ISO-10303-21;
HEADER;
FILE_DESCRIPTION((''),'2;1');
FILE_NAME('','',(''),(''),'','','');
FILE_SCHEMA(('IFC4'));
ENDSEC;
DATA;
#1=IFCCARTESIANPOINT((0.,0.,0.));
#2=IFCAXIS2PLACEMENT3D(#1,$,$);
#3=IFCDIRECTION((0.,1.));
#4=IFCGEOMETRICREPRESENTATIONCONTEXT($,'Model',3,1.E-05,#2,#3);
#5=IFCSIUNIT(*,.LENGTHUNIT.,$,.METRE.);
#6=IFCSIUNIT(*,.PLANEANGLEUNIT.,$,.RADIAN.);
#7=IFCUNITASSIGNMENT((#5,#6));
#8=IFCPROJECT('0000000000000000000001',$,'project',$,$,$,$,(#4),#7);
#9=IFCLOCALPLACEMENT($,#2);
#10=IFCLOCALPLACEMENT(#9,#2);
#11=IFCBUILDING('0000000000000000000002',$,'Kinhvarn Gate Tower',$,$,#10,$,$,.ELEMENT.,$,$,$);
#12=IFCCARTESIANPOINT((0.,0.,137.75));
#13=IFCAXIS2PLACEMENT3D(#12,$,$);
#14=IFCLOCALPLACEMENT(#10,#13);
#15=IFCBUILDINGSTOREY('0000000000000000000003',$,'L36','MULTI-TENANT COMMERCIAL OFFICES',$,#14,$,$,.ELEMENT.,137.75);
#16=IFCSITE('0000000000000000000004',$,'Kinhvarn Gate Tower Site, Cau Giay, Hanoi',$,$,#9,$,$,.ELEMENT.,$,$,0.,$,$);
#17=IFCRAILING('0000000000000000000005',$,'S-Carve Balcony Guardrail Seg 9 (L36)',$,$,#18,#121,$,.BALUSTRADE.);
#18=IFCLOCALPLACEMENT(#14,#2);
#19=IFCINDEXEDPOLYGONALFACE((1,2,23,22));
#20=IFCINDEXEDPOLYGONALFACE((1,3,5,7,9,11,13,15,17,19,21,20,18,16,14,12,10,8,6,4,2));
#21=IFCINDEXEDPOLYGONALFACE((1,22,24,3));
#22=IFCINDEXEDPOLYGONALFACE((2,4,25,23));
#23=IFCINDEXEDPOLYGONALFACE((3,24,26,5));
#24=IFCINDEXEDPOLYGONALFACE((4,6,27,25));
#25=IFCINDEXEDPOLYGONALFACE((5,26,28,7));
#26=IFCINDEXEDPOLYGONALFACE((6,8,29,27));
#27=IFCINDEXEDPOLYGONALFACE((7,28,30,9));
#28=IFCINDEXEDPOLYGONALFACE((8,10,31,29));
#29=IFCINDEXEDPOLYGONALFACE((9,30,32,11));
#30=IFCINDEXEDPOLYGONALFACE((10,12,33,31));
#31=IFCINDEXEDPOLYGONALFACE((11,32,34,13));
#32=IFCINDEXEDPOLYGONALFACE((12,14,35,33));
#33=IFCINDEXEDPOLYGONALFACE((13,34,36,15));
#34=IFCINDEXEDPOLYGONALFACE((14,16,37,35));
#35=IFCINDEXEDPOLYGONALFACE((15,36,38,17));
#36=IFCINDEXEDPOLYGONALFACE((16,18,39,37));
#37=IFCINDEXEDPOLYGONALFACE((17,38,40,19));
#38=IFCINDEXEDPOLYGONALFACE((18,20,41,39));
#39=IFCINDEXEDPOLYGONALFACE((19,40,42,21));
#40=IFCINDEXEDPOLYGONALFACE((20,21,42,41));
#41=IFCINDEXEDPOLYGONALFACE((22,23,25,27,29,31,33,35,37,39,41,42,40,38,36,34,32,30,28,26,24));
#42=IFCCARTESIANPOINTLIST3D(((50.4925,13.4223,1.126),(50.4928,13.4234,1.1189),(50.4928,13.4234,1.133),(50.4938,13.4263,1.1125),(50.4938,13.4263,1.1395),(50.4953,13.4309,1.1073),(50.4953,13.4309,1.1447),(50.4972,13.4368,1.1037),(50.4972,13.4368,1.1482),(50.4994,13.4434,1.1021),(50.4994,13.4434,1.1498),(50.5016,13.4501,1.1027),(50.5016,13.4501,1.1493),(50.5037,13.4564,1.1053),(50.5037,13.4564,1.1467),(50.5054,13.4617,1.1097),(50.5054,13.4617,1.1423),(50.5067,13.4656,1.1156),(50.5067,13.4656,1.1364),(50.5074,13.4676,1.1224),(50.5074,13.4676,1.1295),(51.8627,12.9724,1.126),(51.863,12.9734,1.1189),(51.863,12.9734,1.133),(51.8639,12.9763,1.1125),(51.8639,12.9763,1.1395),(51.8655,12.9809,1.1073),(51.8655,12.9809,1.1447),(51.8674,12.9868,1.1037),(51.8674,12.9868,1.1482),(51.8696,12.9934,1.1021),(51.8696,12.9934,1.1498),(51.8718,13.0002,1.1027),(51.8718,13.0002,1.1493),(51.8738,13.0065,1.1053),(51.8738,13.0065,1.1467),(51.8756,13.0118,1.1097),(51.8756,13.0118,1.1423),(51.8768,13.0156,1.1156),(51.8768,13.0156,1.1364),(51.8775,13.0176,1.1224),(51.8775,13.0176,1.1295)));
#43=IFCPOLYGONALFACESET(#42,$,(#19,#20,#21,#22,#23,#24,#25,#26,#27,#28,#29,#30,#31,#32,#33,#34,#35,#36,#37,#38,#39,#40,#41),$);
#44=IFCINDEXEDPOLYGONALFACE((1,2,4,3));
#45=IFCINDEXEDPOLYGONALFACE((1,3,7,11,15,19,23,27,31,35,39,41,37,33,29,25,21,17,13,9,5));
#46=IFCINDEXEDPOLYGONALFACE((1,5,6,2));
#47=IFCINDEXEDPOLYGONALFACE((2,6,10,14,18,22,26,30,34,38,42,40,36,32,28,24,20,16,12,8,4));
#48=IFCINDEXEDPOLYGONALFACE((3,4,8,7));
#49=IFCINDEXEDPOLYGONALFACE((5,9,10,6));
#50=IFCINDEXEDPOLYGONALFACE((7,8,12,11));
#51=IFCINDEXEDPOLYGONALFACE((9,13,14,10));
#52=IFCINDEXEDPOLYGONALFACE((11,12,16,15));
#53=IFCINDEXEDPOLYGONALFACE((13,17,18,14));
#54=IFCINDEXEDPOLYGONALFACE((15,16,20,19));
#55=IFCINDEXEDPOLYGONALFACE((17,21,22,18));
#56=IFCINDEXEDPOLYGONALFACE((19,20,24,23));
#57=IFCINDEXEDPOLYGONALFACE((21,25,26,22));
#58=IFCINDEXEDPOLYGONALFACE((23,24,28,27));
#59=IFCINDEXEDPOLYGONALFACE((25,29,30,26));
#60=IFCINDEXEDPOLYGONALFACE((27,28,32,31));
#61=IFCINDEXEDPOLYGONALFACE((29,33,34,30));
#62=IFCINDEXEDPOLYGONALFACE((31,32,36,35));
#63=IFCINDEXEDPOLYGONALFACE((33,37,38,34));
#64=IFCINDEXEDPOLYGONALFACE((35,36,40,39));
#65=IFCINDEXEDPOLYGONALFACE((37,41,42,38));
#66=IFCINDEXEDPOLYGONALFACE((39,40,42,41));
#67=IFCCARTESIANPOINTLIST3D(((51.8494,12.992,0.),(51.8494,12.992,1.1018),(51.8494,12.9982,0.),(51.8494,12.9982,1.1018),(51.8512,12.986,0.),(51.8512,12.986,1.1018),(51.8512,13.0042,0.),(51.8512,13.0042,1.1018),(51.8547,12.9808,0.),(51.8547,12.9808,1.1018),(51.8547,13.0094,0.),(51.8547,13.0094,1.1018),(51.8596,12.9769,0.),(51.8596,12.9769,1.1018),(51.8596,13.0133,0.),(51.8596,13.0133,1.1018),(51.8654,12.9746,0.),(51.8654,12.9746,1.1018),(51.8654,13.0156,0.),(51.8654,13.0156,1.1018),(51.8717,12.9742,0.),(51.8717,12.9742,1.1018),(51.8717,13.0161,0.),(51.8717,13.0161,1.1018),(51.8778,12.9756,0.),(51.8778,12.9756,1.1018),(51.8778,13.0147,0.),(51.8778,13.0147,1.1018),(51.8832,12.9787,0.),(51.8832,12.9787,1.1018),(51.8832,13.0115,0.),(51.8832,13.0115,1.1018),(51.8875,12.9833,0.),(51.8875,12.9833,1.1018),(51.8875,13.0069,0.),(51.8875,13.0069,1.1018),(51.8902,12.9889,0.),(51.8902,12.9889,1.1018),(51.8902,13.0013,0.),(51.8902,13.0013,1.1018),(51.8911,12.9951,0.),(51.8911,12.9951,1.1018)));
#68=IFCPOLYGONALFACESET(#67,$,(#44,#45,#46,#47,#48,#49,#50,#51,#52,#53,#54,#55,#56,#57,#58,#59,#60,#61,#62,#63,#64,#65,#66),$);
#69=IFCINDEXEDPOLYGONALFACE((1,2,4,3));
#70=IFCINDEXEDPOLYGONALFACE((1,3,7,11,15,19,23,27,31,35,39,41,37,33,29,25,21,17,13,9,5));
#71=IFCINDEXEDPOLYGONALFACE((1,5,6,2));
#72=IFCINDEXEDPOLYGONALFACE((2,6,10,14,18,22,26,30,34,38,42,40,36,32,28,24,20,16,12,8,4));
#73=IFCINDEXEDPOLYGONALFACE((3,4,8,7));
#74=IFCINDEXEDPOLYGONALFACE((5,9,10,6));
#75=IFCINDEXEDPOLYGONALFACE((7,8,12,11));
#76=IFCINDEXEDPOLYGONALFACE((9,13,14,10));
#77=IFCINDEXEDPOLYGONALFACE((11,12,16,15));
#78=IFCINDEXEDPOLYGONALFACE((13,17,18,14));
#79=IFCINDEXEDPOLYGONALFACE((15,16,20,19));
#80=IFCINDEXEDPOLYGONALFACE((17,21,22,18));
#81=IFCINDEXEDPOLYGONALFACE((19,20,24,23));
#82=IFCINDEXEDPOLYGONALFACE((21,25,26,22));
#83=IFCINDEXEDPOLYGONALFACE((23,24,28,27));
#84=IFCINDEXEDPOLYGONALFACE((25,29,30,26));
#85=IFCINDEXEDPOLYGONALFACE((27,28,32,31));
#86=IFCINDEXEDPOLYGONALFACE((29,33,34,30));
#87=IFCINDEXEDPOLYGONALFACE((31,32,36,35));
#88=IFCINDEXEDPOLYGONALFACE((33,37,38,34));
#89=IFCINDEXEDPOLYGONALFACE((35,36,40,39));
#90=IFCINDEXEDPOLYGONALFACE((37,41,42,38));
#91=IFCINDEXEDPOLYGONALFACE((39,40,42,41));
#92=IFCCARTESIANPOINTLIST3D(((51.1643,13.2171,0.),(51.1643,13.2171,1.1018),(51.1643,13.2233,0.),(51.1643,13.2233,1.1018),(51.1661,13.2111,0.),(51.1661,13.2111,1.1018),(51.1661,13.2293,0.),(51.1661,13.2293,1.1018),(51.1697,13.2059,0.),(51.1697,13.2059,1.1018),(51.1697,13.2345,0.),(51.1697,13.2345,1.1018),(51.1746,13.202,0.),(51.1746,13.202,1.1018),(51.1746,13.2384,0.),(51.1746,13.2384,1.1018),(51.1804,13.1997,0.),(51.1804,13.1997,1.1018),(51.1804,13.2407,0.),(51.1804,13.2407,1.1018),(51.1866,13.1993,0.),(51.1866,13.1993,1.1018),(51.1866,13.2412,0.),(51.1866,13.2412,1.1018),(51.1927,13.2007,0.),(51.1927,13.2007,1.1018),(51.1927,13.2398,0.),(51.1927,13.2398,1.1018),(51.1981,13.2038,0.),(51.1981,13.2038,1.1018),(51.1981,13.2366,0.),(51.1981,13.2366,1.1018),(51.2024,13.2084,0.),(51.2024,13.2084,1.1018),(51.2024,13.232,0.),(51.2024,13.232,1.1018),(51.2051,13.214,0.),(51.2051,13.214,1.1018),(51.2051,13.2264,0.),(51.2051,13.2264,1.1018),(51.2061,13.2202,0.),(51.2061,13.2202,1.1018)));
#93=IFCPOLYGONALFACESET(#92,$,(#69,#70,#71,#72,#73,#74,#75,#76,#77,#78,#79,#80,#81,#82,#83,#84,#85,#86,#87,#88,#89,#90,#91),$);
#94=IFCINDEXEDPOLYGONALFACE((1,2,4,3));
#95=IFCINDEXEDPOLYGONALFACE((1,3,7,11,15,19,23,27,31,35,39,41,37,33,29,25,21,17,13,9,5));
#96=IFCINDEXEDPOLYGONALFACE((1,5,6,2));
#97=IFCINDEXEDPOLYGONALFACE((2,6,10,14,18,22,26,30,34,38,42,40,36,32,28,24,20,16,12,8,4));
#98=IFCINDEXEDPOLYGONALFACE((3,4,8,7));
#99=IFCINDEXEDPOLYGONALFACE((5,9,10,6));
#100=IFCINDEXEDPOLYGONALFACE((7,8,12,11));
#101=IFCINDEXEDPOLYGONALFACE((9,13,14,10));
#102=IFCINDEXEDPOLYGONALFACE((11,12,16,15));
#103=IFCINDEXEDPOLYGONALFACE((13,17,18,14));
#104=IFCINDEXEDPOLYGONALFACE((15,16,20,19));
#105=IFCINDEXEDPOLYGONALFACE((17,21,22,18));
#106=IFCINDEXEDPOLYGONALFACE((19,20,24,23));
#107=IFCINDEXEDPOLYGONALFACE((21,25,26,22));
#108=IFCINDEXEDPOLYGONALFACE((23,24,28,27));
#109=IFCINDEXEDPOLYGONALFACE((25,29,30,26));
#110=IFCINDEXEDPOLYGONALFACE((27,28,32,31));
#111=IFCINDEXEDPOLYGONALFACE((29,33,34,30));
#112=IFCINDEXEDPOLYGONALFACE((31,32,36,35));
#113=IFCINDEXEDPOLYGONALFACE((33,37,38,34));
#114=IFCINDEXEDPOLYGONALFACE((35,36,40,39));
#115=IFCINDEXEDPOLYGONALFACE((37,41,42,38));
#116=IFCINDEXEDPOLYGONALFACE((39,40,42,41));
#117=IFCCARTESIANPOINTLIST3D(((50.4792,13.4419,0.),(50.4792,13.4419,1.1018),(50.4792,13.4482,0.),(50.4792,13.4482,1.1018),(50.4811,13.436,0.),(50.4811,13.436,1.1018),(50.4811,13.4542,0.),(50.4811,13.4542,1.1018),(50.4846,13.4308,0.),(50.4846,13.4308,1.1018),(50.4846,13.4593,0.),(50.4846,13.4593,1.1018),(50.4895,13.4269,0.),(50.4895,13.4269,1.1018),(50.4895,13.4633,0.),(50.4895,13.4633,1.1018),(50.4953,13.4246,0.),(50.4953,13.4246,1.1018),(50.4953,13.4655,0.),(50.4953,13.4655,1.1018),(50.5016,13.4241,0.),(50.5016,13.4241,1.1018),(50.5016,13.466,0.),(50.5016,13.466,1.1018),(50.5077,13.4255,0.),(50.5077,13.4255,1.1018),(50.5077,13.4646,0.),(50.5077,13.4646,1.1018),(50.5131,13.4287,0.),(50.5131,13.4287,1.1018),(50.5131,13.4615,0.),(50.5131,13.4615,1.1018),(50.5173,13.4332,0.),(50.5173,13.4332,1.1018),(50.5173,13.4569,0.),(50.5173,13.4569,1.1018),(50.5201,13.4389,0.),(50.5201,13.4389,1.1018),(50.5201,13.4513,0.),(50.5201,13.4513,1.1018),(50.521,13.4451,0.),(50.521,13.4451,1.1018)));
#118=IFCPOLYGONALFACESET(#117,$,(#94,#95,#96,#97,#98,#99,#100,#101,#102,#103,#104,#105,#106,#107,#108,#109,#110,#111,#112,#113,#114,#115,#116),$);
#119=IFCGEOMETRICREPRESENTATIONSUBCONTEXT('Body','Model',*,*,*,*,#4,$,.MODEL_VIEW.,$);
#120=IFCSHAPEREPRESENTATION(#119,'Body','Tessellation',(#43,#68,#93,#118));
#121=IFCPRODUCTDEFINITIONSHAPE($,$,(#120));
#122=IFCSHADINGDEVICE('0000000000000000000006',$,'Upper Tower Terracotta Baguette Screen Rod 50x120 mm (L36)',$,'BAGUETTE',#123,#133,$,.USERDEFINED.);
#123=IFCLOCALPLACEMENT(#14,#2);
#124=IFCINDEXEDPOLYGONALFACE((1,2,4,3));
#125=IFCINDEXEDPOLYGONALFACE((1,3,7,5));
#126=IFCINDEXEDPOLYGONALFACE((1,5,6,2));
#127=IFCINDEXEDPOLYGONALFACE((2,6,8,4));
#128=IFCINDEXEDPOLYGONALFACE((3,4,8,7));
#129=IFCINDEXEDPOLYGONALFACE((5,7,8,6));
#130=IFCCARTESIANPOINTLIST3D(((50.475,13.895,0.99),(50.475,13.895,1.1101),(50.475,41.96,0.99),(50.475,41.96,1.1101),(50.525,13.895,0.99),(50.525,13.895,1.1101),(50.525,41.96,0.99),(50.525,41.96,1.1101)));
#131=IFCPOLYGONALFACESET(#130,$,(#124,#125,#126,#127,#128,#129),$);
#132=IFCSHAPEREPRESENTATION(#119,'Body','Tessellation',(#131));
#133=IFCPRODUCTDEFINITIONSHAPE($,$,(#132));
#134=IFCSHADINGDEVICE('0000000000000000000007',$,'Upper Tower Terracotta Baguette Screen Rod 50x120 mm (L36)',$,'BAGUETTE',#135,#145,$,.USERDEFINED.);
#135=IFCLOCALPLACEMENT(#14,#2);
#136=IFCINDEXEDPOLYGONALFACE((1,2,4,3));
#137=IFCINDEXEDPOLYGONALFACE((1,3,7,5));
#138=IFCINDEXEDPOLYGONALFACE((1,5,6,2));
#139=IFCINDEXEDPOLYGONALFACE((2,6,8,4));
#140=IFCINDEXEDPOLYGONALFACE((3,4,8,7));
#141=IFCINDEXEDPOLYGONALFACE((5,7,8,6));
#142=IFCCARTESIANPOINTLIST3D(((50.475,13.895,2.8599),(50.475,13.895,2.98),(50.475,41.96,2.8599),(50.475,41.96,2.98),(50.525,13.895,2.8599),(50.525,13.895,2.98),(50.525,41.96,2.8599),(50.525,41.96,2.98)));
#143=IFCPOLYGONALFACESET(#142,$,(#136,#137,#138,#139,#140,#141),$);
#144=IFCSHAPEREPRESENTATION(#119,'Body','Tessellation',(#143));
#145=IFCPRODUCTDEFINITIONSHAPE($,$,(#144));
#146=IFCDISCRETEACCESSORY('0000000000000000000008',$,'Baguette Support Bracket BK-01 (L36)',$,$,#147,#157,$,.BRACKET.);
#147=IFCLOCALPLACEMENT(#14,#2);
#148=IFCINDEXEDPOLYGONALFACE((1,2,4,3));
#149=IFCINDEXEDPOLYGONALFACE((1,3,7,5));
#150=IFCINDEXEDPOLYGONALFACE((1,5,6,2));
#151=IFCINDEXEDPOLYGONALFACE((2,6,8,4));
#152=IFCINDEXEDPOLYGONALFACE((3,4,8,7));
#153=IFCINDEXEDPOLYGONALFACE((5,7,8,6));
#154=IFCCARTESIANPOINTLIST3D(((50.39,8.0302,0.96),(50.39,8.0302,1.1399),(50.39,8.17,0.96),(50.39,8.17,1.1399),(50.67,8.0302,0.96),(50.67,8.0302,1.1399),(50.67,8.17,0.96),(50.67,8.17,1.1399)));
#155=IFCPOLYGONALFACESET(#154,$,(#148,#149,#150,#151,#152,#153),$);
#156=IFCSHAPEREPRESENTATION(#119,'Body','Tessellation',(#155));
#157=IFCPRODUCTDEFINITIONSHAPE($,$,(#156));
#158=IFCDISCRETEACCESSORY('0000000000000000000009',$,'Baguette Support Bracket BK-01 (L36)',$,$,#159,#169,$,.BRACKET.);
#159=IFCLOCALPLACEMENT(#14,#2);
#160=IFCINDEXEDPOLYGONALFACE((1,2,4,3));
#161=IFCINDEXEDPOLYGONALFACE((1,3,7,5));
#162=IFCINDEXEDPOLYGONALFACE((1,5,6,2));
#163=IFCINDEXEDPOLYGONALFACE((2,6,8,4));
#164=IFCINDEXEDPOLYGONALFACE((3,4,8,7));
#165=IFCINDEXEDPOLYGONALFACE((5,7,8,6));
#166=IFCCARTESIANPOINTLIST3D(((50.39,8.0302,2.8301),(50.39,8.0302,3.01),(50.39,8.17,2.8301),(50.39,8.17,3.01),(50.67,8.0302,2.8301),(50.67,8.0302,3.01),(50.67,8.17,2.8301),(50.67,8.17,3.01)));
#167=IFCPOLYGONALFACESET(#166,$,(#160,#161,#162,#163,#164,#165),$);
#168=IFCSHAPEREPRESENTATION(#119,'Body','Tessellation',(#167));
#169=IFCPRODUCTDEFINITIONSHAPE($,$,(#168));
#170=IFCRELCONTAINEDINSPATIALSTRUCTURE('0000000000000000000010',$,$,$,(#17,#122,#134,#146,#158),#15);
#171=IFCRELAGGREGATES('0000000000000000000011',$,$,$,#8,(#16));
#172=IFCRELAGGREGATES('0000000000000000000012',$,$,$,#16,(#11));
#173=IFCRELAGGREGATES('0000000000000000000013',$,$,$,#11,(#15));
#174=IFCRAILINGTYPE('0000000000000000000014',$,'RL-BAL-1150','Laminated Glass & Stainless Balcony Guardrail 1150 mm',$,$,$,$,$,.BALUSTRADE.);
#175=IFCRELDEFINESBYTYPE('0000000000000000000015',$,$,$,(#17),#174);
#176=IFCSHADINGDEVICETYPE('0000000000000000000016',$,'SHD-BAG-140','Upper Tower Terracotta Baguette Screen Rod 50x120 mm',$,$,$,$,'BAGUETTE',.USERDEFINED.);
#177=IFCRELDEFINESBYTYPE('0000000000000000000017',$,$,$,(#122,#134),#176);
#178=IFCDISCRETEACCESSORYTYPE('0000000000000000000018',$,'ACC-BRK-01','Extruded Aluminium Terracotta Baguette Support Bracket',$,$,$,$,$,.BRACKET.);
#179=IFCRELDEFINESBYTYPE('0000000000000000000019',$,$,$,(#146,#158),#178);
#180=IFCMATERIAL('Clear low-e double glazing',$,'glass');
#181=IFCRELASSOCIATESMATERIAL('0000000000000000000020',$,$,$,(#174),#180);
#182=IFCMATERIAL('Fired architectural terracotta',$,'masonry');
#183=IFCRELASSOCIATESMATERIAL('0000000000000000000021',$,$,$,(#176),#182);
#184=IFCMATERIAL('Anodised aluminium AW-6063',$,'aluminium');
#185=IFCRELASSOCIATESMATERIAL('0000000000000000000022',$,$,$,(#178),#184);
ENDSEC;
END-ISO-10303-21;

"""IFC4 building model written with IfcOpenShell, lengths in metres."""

from ifc_helpers import new_model, si_unit, direction, frame, origin, origin_2d, place, context, subcontext, project, spatial, rectangle, circle, extrude, material, material_profile, profile_set, type_object, element, save


model = new_model("IFC4")

# Units and contexts
model_context = context("Model", 3, precision=1e-05, world=origin(), true_north=direction((0.0, 1.0)))
body_context = subcontext(model_context, "Body", "Model", "MODEL_VIEW")
ifc_project = project(units=[si_unit("LENGTHUNIT", "METRE"), si_unit("PLANEANGLEUNIT", "RADIAN")], contexts=[model_context])

# Site, building, storey
site_placement = place(None, origin())
site = spatial("IfcSite", under=ifc_project, at=site_placement, Name="Kinhvarn Gate Tower Site, Cau Giay, Hanoi", CompositionType="ELEMENT", RefElevation=0.0)
building_placement = place(site_placement, origin())
building = spatial("IfcBuilding", under=site, at=building_placement, Name="Kinhvarn Gate Tower", CompositionType="ELEMENT")
storey_placement = place(building_placement, frame((0.0, 0.0, 137.75)))
storey = spatial("IfcBuildingStorey", under=building, at=storey_placement, Name="L36", Description="MULTI-TENANT COMMERCIAL OFFICES", CompositionType="ELEMENT", Elevation=137.75)

# Shared definitions
ifc_material_1 = material(Name="Anodised aluminium AW-6063", Category="aluminium")

# Shared definitions
ifc_material_2 = material(Name="Clear low-e double glazing", Category="glass")

# Shared definitions
ifc_material_3 = material(Name="Fired architectural terracotta", Category="masonry")

# Railing
railing_type = type_object("IfcRailingType", Name="RL-BAL-1150", Description="Laminated Glass & Stainless Balcony Guardrail 1150 mm", PredefinedType="BALUSTRADE", material=ifc_material_2)
railing_placement = place(storey_placement, frame((51.8701, 12.9951, 0.0)))
element("IfcRailing", 1, at=railing_placement, inside=storey, type_object=railing_type, Name="S-Carve Balcony Guardrail Seg 9 (L36)", PredefinedType="BALUSTRADE", context=body_context, shape_type="SweptSolid", body=[
    extrude(circle(Radius=0.0239, at=origin_2d()), frame((0.0, 0.0, 1.126), z_axis=(-0.950079, 0.312009, 0.0), x_axis=(-0.312009, -0.950079, 0.0)), (0.0, 0.0, 1.0), 1.4421),
    extrude(circle(Radius=0.021, at=origin_2d()), origin(), (0.0, 0.0, 1.0), 1.1018),
    extrude(circle(Radius=0.021, at=origin_2d()), frame((-0.6851, 0.2251, 0.0)), (0.0, 0.0, 1.0), 1.1018),
    extrude(circle(Radius=0.021, at=origin_2d()), frame((-1.3701, 0.45, 0.0)), (0.0, 0.0, 1.0), 1.1018),
])

# Shading devices
ifc_material_profile_1 = material_profile(ifc_material_3, rectangle(XDim=0.05, YDim=0.1201, at=origin_2d()), Name="TC 50x120")
ifc_profile_set_1 = profile_set([ifc_material_profile_1], Name="Fired architectural terracotta")
shading_device_type = type_object("IfcShadingDeviceType", Name="SHD-BAG-140", Description="Upper Tower Terracotta Baguette Screen Rod 50x120 mm", ElementType="BAGUETTE", PredefinedType="USERDEFINED", material=ifc_profile_set_1)
for number, where, z_axis, x_axis, name in (
    (2, (50.5, 13.895, 1.05), (0.0, 1.0, 0.0), (-1.0, 0.0, 0.0), "Upper Tower Terracotta Baguette Screen Rod 50x120 mm (L36)"),
    (3, (50.5, 13.895, 2.9199), (0.0, 1.0, 0.0), (-1.0, 0.0, 0.0), "Upper Tower Terracotta Baguette Screen Rod 50x120 mm (L36)"),
):
    element("IfcShadingDevice", number, at=place(storey_placement, frame(where, z_axis=z_axis, x_axis=x_axis)), inside=storey, type_object=shading_device_type, Name=name, ObjectType="BAGUETTE", PredefinedType="USERDEFINED", context=body_context, shape_type="SweptSolid", body=[
        extrude(rectangle(XDim=0.05, YDim=0.1201, at=origin_2d()), origin(), (0.0, 0.0, 1.0), 28.0649),
    ])

# Discrete accessories
discrete_accessory_type = type_object("IfcDiscreteAccessoryType", Name="ACC-BRK-01", Description="Extruded Aluminium Terracotta Baguette Support Bracket", PredefinedType="BRACKET", material=ifc_material_1)
for number, where, z_axis, x_axis, name in (
    (4, (50.53, 8.1001, 0.96), (0.0, 0.0, 1.0), (0.0, 1.0, 0.0), "Baguette Support Bracket BK-01 (L36)"),
    (5, (50.53, 8.1001, 2.8301), (0.0, 0.0, 1.0), (0.0, 1.0, 0.0), "Baguette Support Bracket BK-01 (L36)"),
):
    element("IfcDiscreteAccessory", number, at=place(storey_placement, frame(where, z_axis=z_axis, x_axis=x_axis)), inside=storey, type_object=discrete_accessory_type, Name=name, PredefinedType="BRACKET", context=body_context, shape_type="SweptSolid", body=[
        extrude(rectangle(XDim=0.1399, YDim=0.28, at=origin_2d()), origin(), (0.0, 0.0, 1.0), 0.1799),
    ])

save(model, "model.ifc")
